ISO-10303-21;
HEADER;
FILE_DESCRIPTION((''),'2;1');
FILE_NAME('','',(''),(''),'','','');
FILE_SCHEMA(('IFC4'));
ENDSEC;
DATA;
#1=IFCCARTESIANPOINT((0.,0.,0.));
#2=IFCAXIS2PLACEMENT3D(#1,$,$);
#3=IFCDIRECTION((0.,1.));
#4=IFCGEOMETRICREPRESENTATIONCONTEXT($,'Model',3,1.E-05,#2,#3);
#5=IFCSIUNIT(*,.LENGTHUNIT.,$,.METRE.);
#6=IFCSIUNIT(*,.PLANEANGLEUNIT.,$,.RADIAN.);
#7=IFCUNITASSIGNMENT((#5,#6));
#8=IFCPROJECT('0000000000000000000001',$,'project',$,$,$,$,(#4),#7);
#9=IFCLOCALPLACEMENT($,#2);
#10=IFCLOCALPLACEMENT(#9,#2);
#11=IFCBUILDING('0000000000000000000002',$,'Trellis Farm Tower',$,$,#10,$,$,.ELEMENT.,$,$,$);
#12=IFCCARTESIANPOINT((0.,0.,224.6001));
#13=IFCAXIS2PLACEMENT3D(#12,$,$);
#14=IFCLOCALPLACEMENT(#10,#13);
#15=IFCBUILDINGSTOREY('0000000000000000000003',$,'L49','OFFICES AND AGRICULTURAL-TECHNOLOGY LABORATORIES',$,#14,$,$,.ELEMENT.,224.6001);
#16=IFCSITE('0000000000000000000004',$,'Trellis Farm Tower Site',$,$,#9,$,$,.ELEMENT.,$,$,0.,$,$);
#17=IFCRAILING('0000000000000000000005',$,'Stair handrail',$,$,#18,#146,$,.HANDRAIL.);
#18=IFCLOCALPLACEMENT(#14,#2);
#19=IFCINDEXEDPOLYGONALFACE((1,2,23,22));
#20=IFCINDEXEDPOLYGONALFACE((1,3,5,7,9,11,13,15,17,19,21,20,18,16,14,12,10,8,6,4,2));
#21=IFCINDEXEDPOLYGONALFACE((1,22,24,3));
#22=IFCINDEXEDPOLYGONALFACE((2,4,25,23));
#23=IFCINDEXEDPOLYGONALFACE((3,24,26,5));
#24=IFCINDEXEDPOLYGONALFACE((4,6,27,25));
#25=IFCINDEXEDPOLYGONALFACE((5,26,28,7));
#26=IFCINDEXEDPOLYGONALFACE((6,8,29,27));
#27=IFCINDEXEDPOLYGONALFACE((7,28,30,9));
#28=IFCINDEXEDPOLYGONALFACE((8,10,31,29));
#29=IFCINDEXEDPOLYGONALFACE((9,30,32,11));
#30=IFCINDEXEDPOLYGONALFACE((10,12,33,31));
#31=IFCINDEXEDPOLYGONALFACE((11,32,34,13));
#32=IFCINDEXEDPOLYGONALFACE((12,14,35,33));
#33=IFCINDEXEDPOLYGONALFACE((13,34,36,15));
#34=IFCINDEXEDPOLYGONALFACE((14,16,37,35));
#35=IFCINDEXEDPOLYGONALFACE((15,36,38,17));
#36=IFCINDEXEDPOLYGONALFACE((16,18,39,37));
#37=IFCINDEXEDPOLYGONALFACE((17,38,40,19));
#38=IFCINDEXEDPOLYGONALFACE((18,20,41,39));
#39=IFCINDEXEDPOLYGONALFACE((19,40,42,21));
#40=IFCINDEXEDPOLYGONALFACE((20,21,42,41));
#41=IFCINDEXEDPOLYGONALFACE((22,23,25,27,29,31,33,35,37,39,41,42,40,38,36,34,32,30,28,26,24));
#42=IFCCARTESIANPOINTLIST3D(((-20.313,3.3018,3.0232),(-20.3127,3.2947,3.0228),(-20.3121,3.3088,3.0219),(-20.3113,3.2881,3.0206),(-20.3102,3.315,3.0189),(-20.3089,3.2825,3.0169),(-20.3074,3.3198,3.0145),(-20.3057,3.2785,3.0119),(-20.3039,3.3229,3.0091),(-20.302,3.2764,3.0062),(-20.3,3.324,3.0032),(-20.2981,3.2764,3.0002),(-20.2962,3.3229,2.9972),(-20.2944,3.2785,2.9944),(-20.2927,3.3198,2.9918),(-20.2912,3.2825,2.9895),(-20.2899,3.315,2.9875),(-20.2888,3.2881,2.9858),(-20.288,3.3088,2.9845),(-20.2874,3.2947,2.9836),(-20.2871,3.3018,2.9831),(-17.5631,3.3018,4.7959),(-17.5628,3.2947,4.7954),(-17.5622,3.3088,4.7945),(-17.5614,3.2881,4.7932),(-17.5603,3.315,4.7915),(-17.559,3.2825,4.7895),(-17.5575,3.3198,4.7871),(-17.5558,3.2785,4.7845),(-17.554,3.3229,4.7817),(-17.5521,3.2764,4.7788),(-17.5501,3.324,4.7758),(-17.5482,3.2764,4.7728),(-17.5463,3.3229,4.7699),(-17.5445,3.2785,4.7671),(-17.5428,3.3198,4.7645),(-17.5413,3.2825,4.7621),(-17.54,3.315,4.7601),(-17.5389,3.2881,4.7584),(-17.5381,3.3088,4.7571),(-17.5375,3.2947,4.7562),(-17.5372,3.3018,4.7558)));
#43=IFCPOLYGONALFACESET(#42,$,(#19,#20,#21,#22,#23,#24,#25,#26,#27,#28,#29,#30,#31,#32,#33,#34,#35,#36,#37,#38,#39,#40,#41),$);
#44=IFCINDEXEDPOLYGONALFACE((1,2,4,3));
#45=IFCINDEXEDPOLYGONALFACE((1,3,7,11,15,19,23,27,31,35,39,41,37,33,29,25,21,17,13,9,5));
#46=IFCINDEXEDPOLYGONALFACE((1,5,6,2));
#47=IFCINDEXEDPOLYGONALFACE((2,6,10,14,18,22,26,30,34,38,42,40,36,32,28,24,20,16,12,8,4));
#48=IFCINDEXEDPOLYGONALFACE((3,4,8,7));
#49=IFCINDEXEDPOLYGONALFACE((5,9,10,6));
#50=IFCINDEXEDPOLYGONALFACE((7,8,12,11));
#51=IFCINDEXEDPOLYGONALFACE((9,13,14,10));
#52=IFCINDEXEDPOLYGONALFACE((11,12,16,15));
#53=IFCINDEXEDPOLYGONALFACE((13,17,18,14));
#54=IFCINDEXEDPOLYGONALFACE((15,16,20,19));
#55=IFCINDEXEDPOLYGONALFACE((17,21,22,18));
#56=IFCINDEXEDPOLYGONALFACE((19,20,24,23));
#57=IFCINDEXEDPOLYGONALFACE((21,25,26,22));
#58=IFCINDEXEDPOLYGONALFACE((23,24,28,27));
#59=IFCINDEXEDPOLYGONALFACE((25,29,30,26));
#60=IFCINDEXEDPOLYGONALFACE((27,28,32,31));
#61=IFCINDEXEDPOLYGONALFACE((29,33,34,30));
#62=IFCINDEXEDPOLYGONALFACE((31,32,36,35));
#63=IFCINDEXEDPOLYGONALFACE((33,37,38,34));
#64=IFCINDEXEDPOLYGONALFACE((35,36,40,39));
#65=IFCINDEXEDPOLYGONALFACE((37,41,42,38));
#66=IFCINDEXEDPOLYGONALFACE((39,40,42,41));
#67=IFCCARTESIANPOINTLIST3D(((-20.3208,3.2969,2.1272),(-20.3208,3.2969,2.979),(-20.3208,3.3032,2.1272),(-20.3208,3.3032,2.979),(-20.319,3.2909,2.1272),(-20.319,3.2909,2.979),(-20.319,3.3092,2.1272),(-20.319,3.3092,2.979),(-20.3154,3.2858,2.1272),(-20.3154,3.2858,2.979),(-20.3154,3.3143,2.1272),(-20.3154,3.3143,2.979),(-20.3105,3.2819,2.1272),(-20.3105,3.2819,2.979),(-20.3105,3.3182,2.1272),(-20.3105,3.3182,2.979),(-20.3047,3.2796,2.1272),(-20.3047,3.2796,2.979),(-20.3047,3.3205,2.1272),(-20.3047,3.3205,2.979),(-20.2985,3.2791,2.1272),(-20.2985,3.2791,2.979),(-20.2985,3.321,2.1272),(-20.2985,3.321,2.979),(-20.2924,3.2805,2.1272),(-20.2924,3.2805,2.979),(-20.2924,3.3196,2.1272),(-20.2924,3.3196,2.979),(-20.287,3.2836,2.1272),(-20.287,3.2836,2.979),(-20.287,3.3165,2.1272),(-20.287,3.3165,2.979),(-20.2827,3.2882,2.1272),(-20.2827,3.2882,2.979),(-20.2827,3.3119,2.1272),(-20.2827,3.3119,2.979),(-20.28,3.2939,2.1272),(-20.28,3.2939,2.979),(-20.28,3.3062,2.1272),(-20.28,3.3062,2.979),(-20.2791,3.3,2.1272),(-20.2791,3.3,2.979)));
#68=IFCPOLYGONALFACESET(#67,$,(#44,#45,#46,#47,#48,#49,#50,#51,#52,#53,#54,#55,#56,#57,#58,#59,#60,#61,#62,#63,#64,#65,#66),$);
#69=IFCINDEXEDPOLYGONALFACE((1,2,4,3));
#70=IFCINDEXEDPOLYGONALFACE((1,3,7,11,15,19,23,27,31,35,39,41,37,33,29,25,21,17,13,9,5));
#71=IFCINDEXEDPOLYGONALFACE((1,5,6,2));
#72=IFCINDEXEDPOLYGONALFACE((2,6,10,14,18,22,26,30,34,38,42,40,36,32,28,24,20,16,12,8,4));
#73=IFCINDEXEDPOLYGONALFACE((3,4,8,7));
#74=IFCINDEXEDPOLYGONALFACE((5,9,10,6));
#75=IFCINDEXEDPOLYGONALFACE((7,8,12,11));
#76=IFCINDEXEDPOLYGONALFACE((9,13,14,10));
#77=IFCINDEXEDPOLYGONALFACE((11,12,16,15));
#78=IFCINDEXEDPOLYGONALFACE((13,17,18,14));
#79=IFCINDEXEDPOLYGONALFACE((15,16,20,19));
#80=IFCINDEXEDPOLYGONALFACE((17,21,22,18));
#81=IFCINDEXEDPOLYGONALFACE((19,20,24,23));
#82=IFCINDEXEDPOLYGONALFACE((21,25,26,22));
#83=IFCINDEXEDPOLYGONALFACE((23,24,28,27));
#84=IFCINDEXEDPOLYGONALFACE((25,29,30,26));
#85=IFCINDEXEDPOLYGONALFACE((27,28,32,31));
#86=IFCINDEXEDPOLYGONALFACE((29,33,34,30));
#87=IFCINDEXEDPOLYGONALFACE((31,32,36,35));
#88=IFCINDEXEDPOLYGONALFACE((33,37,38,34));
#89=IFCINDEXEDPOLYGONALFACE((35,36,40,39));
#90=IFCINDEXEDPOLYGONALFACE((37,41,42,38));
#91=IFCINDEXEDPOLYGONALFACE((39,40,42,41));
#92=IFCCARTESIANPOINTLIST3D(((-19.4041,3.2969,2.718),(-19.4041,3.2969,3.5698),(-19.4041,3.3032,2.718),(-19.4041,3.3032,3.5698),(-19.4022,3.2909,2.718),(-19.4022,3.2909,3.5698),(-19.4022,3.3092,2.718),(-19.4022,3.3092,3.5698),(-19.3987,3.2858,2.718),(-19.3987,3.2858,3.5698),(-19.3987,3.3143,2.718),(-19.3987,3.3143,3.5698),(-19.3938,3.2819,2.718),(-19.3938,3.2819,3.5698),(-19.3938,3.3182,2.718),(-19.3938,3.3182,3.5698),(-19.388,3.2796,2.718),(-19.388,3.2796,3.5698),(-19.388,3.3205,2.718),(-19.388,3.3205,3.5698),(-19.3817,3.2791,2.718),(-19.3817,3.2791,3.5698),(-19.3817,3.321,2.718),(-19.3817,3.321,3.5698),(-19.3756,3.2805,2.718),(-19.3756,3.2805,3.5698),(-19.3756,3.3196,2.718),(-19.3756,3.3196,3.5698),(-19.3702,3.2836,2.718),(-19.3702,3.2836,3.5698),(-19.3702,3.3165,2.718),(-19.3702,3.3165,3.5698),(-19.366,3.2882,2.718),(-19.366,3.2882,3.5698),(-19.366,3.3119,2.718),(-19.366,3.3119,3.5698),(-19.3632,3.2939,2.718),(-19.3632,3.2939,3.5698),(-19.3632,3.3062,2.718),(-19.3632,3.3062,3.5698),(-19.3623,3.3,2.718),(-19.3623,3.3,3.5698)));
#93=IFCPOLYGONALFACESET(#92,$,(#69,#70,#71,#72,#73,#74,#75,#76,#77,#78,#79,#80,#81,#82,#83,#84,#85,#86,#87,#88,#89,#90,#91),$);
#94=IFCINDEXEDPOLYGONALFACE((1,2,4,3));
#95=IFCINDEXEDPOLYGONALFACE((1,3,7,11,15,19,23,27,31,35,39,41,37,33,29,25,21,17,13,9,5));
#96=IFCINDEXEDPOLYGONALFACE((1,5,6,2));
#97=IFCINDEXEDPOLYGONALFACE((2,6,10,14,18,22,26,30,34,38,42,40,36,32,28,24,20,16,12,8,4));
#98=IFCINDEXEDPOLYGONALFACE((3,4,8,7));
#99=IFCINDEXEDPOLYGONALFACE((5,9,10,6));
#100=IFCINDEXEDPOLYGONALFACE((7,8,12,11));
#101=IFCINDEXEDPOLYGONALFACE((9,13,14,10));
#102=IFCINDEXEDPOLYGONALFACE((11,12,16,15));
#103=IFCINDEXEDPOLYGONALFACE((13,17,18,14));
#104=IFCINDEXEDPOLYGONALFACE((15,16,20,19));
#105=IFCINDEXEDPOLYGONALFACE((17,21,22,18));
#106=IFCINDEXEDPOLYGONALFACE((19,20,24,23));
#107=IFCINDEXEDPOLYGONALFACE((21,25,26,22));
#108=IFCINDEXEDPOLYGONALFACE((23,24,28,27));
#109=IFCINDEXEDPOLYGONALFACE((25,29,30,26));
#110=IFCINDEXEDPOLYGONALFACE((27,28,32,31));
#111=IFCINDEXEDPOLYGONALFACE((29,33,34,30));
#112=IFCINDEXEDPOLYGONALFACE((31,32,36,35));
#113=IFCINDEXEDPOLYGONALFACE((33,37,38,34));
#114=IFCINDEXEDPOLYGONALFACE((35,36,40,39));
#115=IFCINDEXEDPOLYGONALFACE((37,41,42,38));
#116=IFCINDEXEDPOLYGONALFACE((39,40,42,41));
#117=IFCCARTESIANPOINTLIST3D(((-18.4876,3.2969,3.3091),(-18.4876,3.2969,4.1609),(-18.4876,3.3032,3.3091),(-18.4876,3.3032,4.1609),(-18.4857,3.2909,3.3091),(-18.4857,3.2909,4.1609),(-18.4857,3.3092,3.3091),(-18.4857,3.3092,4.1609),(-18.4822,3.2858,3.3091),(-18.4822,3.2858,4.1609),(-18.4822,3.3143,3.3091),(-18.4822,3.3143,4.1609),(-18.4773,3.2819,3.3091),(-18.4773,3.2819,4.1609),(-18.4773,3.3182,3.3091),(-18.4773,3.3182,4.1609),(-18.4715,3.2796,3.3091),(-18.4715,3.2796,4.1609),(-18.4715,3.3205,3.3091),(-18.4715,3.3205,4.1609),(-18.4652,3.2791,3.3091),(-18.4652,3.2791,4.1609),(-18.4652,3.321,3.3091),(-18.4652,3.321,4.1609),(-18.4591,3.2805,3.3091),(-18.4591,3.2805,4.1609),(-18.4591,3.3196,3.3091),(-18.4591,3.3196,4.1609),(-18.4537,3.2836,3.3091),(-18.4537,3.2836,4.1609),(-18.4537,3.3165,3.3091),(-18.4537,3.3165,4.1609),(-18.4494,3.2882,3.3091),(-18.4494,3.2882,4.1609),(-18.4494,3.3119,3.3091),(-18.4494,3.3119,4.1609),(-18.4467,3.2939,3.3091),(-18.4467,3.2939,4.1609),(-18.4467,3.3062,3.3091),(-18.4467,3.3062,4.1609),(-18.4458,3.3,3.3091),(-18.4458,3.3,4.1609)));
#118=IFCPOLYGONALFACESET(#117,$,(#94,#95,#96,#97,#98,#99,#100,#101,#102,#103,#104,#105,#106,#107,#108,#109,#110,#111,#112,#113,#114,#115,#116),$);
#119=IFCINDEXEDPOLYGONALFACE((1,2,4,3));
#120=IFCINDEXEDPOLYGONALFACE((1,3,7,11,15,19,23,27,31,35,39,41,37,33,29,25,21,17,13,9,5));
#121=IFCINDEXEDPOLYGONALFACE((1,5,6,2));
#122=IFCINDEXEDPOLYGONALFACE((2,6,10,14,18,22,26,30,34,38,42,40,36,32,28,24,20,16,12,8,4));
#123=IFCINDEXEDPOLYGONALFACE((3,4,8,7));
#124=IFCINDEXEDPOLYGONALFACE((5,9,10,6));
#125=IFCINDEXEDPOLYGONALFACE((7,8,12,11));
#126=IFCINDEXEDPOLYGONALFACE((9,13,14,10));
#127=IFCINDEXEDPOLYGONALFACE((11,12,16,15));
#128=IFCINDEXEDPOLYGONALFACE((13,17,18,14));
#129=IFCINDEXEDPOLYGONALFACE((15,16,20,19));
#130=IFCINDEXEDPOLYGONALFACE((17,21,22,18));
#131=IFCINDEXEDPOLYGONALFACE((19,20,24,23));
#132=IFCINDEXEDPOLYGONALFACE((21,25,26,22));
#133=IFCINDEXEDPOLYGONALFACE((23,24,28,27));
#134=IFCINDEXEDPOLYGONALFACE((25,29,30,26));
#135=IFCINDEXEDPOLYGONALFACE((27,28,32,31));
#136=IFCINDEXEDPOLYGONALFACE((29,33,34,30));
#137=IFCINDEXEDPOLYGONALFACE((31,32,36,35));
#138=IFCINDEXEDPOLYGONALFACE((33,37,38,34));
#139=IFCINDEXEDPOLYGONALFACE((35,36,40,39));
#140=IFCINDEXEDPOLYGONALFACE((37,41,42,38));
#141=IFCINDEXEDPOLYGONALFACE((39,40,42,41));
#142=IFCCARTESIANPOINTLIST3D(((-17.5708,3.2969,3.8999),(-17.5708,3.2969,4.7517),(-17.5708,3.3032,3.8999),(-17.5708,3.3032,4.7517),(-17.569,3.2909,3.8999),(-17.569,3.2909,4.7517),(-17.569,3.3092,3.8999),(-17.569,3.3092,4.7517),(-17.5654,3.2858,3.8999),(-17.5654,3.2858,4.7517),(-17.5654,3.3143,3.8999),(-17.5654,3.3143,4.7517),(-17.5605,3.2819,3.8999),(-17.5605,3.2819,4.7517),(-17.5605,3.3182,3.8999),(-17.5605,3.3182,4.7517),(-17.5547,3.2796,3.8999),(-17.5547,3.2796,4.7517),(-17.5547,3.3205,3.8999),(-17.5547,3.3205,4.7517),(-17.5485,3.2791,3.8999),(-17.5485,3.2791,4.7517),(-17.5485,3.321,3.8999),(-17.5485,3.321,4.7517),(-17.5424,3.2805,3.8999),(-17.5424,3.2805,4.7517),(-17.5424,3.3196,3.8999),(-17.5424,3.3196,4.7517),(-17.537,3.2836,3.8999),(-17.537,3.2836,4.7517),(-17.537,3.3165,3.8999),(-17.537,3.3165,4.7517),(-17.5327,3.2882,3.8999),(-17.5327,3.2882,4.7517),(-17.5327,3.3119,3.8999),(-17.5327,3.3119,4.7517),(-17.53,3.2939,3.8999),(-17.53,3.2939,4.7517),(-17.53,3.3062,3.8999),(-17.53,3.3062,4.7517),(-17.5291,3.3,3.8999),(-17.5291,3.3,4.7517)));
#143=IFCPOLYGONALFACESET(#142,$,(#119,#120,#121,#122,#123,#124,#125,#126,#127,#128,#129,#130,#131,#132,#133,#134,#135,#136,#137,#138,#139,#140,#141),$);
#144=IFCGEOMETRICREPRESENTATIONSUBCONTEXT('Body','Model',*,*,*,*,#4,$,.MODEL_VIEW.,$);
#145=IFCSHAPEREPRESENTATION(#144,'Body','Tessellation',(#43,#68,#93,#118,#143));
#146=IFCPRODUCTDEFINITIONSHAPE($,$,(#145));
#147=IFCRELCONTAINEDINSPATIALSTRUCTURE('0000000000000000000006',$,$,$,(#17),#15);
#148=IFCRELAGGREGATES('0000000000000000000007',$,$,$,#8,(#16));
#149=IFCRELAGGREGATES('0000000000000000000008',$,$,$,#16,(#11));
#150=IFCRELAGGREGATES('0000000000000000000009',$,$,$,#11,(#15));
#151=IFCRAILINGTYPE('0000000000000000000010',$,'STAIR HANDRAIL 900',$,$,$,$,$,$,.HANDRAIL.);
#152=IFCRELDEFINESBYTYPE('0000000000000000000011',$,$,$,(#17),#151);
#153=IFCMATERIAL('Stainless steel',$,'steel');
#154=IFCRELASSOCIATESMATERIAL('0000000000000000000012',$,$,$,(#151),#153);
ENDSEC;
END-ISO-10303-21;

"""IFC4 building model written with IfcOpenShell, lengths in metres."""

from ifc_helpers import new_model, si_unit, direction, frame, origin, origin_2d, place, context, subcontext, project, spatial, circle, extrude, source, transform, mapped, material, type_object, element, save


model = new_model("IFC4")

# Units and contexts
model_context = context("Model", 3, precision=1e-05, world=origin(), true_north=direction((0.0, 1.0)))
body_context = subcontext(model_context, "Body", "Model", "MODEL_VIEW")
ifc_project = project(units=[si_unit("LENGTHUNIT", "METRE"), si_unit("PLANEANGLEUNIT", "RADIAN")], contexts=[model_context])

# Site, building, storey
site_placement = place(None, origin())
site = spatial("IfcSite", under=ifc_project, at=site_placement, Name="Trellis Farm Tower Site", CompositionType="ELEMENT", RefElevation=0.0)
building_placement = place(site_placement, origin())
building = spatial("IfcBuilding", under=site, at=building_placement, Name="Trellis Farm Tower", CompositionType="ELEMENT")
storey_placement = place(building_placement, frame((0.0, 0.0, 224.6001)))
storey = spatial("IfcBuildingStorey", under=building, at=storey_placement, Name="L49", Description="OFFICES AND AGRICULTURAL-TECHNOLOGY LABORATORIES", CompositionType="ELEMENT", Elevation=224.6001)

# Railing
ifc_material_1 = material(Name="Stainless steel", Category="steel")
railing_type = type_object("IfcRailingType", Name="STAIR HANDRAIL 900", PredefinedType="HANDRAIL", material=ifc_material_1)
shared_shape_1 = source(origin(), body_context, "Body", "SweptSolid", [
    extrude(circle(Radius=0.0239, at=origin_2d()), frame((0.0, 0.0, 0.876), z_axis=(0.840504, 0.0, 0.541806), x_axis=(0.0, 1.0, 0.0)), (0.0, 0.0, 1.0), 3.2717),
    extrude(circle(Radius=0.021, at=origin_2d()), origin(), (0.0, 0.0, 1.0), 0.8518),
    extrude(circle(Radius=0.021, at=origin_2d()), frame((0.9167, 0.0, 0.5908)), (0.0, 0.0, 1.0), 0.8518),
    extrude(circle(Radius=0.021, at=origin_2d()), frame((1.8333, 0.0, 1.1819)), (0.0, 0.0, 1.0), 0.8518),
    extrude(circle(Radius=0.021, at=origin_2d()), frame((2.75, 0.0, 1.7727)), (0.0, 0.0, 1.0), 0.8518),
])
for number, where, name in (
    (1, (-20.3, 3.3, 2.1272), "Stair handrail"),
):
    element("IfcRailing", number, at=place(storey_placement, frame(where)), inside=storey, type_object=railing_type, Name=name, PredefinedType="HANDRAIL", context=body_context, shape_type="MappedRepresentation", body=[
        mapped(shared_shape_1, transform((0.0, 0.0, 0.0))),
    ])

save(model, "model.ifc")
